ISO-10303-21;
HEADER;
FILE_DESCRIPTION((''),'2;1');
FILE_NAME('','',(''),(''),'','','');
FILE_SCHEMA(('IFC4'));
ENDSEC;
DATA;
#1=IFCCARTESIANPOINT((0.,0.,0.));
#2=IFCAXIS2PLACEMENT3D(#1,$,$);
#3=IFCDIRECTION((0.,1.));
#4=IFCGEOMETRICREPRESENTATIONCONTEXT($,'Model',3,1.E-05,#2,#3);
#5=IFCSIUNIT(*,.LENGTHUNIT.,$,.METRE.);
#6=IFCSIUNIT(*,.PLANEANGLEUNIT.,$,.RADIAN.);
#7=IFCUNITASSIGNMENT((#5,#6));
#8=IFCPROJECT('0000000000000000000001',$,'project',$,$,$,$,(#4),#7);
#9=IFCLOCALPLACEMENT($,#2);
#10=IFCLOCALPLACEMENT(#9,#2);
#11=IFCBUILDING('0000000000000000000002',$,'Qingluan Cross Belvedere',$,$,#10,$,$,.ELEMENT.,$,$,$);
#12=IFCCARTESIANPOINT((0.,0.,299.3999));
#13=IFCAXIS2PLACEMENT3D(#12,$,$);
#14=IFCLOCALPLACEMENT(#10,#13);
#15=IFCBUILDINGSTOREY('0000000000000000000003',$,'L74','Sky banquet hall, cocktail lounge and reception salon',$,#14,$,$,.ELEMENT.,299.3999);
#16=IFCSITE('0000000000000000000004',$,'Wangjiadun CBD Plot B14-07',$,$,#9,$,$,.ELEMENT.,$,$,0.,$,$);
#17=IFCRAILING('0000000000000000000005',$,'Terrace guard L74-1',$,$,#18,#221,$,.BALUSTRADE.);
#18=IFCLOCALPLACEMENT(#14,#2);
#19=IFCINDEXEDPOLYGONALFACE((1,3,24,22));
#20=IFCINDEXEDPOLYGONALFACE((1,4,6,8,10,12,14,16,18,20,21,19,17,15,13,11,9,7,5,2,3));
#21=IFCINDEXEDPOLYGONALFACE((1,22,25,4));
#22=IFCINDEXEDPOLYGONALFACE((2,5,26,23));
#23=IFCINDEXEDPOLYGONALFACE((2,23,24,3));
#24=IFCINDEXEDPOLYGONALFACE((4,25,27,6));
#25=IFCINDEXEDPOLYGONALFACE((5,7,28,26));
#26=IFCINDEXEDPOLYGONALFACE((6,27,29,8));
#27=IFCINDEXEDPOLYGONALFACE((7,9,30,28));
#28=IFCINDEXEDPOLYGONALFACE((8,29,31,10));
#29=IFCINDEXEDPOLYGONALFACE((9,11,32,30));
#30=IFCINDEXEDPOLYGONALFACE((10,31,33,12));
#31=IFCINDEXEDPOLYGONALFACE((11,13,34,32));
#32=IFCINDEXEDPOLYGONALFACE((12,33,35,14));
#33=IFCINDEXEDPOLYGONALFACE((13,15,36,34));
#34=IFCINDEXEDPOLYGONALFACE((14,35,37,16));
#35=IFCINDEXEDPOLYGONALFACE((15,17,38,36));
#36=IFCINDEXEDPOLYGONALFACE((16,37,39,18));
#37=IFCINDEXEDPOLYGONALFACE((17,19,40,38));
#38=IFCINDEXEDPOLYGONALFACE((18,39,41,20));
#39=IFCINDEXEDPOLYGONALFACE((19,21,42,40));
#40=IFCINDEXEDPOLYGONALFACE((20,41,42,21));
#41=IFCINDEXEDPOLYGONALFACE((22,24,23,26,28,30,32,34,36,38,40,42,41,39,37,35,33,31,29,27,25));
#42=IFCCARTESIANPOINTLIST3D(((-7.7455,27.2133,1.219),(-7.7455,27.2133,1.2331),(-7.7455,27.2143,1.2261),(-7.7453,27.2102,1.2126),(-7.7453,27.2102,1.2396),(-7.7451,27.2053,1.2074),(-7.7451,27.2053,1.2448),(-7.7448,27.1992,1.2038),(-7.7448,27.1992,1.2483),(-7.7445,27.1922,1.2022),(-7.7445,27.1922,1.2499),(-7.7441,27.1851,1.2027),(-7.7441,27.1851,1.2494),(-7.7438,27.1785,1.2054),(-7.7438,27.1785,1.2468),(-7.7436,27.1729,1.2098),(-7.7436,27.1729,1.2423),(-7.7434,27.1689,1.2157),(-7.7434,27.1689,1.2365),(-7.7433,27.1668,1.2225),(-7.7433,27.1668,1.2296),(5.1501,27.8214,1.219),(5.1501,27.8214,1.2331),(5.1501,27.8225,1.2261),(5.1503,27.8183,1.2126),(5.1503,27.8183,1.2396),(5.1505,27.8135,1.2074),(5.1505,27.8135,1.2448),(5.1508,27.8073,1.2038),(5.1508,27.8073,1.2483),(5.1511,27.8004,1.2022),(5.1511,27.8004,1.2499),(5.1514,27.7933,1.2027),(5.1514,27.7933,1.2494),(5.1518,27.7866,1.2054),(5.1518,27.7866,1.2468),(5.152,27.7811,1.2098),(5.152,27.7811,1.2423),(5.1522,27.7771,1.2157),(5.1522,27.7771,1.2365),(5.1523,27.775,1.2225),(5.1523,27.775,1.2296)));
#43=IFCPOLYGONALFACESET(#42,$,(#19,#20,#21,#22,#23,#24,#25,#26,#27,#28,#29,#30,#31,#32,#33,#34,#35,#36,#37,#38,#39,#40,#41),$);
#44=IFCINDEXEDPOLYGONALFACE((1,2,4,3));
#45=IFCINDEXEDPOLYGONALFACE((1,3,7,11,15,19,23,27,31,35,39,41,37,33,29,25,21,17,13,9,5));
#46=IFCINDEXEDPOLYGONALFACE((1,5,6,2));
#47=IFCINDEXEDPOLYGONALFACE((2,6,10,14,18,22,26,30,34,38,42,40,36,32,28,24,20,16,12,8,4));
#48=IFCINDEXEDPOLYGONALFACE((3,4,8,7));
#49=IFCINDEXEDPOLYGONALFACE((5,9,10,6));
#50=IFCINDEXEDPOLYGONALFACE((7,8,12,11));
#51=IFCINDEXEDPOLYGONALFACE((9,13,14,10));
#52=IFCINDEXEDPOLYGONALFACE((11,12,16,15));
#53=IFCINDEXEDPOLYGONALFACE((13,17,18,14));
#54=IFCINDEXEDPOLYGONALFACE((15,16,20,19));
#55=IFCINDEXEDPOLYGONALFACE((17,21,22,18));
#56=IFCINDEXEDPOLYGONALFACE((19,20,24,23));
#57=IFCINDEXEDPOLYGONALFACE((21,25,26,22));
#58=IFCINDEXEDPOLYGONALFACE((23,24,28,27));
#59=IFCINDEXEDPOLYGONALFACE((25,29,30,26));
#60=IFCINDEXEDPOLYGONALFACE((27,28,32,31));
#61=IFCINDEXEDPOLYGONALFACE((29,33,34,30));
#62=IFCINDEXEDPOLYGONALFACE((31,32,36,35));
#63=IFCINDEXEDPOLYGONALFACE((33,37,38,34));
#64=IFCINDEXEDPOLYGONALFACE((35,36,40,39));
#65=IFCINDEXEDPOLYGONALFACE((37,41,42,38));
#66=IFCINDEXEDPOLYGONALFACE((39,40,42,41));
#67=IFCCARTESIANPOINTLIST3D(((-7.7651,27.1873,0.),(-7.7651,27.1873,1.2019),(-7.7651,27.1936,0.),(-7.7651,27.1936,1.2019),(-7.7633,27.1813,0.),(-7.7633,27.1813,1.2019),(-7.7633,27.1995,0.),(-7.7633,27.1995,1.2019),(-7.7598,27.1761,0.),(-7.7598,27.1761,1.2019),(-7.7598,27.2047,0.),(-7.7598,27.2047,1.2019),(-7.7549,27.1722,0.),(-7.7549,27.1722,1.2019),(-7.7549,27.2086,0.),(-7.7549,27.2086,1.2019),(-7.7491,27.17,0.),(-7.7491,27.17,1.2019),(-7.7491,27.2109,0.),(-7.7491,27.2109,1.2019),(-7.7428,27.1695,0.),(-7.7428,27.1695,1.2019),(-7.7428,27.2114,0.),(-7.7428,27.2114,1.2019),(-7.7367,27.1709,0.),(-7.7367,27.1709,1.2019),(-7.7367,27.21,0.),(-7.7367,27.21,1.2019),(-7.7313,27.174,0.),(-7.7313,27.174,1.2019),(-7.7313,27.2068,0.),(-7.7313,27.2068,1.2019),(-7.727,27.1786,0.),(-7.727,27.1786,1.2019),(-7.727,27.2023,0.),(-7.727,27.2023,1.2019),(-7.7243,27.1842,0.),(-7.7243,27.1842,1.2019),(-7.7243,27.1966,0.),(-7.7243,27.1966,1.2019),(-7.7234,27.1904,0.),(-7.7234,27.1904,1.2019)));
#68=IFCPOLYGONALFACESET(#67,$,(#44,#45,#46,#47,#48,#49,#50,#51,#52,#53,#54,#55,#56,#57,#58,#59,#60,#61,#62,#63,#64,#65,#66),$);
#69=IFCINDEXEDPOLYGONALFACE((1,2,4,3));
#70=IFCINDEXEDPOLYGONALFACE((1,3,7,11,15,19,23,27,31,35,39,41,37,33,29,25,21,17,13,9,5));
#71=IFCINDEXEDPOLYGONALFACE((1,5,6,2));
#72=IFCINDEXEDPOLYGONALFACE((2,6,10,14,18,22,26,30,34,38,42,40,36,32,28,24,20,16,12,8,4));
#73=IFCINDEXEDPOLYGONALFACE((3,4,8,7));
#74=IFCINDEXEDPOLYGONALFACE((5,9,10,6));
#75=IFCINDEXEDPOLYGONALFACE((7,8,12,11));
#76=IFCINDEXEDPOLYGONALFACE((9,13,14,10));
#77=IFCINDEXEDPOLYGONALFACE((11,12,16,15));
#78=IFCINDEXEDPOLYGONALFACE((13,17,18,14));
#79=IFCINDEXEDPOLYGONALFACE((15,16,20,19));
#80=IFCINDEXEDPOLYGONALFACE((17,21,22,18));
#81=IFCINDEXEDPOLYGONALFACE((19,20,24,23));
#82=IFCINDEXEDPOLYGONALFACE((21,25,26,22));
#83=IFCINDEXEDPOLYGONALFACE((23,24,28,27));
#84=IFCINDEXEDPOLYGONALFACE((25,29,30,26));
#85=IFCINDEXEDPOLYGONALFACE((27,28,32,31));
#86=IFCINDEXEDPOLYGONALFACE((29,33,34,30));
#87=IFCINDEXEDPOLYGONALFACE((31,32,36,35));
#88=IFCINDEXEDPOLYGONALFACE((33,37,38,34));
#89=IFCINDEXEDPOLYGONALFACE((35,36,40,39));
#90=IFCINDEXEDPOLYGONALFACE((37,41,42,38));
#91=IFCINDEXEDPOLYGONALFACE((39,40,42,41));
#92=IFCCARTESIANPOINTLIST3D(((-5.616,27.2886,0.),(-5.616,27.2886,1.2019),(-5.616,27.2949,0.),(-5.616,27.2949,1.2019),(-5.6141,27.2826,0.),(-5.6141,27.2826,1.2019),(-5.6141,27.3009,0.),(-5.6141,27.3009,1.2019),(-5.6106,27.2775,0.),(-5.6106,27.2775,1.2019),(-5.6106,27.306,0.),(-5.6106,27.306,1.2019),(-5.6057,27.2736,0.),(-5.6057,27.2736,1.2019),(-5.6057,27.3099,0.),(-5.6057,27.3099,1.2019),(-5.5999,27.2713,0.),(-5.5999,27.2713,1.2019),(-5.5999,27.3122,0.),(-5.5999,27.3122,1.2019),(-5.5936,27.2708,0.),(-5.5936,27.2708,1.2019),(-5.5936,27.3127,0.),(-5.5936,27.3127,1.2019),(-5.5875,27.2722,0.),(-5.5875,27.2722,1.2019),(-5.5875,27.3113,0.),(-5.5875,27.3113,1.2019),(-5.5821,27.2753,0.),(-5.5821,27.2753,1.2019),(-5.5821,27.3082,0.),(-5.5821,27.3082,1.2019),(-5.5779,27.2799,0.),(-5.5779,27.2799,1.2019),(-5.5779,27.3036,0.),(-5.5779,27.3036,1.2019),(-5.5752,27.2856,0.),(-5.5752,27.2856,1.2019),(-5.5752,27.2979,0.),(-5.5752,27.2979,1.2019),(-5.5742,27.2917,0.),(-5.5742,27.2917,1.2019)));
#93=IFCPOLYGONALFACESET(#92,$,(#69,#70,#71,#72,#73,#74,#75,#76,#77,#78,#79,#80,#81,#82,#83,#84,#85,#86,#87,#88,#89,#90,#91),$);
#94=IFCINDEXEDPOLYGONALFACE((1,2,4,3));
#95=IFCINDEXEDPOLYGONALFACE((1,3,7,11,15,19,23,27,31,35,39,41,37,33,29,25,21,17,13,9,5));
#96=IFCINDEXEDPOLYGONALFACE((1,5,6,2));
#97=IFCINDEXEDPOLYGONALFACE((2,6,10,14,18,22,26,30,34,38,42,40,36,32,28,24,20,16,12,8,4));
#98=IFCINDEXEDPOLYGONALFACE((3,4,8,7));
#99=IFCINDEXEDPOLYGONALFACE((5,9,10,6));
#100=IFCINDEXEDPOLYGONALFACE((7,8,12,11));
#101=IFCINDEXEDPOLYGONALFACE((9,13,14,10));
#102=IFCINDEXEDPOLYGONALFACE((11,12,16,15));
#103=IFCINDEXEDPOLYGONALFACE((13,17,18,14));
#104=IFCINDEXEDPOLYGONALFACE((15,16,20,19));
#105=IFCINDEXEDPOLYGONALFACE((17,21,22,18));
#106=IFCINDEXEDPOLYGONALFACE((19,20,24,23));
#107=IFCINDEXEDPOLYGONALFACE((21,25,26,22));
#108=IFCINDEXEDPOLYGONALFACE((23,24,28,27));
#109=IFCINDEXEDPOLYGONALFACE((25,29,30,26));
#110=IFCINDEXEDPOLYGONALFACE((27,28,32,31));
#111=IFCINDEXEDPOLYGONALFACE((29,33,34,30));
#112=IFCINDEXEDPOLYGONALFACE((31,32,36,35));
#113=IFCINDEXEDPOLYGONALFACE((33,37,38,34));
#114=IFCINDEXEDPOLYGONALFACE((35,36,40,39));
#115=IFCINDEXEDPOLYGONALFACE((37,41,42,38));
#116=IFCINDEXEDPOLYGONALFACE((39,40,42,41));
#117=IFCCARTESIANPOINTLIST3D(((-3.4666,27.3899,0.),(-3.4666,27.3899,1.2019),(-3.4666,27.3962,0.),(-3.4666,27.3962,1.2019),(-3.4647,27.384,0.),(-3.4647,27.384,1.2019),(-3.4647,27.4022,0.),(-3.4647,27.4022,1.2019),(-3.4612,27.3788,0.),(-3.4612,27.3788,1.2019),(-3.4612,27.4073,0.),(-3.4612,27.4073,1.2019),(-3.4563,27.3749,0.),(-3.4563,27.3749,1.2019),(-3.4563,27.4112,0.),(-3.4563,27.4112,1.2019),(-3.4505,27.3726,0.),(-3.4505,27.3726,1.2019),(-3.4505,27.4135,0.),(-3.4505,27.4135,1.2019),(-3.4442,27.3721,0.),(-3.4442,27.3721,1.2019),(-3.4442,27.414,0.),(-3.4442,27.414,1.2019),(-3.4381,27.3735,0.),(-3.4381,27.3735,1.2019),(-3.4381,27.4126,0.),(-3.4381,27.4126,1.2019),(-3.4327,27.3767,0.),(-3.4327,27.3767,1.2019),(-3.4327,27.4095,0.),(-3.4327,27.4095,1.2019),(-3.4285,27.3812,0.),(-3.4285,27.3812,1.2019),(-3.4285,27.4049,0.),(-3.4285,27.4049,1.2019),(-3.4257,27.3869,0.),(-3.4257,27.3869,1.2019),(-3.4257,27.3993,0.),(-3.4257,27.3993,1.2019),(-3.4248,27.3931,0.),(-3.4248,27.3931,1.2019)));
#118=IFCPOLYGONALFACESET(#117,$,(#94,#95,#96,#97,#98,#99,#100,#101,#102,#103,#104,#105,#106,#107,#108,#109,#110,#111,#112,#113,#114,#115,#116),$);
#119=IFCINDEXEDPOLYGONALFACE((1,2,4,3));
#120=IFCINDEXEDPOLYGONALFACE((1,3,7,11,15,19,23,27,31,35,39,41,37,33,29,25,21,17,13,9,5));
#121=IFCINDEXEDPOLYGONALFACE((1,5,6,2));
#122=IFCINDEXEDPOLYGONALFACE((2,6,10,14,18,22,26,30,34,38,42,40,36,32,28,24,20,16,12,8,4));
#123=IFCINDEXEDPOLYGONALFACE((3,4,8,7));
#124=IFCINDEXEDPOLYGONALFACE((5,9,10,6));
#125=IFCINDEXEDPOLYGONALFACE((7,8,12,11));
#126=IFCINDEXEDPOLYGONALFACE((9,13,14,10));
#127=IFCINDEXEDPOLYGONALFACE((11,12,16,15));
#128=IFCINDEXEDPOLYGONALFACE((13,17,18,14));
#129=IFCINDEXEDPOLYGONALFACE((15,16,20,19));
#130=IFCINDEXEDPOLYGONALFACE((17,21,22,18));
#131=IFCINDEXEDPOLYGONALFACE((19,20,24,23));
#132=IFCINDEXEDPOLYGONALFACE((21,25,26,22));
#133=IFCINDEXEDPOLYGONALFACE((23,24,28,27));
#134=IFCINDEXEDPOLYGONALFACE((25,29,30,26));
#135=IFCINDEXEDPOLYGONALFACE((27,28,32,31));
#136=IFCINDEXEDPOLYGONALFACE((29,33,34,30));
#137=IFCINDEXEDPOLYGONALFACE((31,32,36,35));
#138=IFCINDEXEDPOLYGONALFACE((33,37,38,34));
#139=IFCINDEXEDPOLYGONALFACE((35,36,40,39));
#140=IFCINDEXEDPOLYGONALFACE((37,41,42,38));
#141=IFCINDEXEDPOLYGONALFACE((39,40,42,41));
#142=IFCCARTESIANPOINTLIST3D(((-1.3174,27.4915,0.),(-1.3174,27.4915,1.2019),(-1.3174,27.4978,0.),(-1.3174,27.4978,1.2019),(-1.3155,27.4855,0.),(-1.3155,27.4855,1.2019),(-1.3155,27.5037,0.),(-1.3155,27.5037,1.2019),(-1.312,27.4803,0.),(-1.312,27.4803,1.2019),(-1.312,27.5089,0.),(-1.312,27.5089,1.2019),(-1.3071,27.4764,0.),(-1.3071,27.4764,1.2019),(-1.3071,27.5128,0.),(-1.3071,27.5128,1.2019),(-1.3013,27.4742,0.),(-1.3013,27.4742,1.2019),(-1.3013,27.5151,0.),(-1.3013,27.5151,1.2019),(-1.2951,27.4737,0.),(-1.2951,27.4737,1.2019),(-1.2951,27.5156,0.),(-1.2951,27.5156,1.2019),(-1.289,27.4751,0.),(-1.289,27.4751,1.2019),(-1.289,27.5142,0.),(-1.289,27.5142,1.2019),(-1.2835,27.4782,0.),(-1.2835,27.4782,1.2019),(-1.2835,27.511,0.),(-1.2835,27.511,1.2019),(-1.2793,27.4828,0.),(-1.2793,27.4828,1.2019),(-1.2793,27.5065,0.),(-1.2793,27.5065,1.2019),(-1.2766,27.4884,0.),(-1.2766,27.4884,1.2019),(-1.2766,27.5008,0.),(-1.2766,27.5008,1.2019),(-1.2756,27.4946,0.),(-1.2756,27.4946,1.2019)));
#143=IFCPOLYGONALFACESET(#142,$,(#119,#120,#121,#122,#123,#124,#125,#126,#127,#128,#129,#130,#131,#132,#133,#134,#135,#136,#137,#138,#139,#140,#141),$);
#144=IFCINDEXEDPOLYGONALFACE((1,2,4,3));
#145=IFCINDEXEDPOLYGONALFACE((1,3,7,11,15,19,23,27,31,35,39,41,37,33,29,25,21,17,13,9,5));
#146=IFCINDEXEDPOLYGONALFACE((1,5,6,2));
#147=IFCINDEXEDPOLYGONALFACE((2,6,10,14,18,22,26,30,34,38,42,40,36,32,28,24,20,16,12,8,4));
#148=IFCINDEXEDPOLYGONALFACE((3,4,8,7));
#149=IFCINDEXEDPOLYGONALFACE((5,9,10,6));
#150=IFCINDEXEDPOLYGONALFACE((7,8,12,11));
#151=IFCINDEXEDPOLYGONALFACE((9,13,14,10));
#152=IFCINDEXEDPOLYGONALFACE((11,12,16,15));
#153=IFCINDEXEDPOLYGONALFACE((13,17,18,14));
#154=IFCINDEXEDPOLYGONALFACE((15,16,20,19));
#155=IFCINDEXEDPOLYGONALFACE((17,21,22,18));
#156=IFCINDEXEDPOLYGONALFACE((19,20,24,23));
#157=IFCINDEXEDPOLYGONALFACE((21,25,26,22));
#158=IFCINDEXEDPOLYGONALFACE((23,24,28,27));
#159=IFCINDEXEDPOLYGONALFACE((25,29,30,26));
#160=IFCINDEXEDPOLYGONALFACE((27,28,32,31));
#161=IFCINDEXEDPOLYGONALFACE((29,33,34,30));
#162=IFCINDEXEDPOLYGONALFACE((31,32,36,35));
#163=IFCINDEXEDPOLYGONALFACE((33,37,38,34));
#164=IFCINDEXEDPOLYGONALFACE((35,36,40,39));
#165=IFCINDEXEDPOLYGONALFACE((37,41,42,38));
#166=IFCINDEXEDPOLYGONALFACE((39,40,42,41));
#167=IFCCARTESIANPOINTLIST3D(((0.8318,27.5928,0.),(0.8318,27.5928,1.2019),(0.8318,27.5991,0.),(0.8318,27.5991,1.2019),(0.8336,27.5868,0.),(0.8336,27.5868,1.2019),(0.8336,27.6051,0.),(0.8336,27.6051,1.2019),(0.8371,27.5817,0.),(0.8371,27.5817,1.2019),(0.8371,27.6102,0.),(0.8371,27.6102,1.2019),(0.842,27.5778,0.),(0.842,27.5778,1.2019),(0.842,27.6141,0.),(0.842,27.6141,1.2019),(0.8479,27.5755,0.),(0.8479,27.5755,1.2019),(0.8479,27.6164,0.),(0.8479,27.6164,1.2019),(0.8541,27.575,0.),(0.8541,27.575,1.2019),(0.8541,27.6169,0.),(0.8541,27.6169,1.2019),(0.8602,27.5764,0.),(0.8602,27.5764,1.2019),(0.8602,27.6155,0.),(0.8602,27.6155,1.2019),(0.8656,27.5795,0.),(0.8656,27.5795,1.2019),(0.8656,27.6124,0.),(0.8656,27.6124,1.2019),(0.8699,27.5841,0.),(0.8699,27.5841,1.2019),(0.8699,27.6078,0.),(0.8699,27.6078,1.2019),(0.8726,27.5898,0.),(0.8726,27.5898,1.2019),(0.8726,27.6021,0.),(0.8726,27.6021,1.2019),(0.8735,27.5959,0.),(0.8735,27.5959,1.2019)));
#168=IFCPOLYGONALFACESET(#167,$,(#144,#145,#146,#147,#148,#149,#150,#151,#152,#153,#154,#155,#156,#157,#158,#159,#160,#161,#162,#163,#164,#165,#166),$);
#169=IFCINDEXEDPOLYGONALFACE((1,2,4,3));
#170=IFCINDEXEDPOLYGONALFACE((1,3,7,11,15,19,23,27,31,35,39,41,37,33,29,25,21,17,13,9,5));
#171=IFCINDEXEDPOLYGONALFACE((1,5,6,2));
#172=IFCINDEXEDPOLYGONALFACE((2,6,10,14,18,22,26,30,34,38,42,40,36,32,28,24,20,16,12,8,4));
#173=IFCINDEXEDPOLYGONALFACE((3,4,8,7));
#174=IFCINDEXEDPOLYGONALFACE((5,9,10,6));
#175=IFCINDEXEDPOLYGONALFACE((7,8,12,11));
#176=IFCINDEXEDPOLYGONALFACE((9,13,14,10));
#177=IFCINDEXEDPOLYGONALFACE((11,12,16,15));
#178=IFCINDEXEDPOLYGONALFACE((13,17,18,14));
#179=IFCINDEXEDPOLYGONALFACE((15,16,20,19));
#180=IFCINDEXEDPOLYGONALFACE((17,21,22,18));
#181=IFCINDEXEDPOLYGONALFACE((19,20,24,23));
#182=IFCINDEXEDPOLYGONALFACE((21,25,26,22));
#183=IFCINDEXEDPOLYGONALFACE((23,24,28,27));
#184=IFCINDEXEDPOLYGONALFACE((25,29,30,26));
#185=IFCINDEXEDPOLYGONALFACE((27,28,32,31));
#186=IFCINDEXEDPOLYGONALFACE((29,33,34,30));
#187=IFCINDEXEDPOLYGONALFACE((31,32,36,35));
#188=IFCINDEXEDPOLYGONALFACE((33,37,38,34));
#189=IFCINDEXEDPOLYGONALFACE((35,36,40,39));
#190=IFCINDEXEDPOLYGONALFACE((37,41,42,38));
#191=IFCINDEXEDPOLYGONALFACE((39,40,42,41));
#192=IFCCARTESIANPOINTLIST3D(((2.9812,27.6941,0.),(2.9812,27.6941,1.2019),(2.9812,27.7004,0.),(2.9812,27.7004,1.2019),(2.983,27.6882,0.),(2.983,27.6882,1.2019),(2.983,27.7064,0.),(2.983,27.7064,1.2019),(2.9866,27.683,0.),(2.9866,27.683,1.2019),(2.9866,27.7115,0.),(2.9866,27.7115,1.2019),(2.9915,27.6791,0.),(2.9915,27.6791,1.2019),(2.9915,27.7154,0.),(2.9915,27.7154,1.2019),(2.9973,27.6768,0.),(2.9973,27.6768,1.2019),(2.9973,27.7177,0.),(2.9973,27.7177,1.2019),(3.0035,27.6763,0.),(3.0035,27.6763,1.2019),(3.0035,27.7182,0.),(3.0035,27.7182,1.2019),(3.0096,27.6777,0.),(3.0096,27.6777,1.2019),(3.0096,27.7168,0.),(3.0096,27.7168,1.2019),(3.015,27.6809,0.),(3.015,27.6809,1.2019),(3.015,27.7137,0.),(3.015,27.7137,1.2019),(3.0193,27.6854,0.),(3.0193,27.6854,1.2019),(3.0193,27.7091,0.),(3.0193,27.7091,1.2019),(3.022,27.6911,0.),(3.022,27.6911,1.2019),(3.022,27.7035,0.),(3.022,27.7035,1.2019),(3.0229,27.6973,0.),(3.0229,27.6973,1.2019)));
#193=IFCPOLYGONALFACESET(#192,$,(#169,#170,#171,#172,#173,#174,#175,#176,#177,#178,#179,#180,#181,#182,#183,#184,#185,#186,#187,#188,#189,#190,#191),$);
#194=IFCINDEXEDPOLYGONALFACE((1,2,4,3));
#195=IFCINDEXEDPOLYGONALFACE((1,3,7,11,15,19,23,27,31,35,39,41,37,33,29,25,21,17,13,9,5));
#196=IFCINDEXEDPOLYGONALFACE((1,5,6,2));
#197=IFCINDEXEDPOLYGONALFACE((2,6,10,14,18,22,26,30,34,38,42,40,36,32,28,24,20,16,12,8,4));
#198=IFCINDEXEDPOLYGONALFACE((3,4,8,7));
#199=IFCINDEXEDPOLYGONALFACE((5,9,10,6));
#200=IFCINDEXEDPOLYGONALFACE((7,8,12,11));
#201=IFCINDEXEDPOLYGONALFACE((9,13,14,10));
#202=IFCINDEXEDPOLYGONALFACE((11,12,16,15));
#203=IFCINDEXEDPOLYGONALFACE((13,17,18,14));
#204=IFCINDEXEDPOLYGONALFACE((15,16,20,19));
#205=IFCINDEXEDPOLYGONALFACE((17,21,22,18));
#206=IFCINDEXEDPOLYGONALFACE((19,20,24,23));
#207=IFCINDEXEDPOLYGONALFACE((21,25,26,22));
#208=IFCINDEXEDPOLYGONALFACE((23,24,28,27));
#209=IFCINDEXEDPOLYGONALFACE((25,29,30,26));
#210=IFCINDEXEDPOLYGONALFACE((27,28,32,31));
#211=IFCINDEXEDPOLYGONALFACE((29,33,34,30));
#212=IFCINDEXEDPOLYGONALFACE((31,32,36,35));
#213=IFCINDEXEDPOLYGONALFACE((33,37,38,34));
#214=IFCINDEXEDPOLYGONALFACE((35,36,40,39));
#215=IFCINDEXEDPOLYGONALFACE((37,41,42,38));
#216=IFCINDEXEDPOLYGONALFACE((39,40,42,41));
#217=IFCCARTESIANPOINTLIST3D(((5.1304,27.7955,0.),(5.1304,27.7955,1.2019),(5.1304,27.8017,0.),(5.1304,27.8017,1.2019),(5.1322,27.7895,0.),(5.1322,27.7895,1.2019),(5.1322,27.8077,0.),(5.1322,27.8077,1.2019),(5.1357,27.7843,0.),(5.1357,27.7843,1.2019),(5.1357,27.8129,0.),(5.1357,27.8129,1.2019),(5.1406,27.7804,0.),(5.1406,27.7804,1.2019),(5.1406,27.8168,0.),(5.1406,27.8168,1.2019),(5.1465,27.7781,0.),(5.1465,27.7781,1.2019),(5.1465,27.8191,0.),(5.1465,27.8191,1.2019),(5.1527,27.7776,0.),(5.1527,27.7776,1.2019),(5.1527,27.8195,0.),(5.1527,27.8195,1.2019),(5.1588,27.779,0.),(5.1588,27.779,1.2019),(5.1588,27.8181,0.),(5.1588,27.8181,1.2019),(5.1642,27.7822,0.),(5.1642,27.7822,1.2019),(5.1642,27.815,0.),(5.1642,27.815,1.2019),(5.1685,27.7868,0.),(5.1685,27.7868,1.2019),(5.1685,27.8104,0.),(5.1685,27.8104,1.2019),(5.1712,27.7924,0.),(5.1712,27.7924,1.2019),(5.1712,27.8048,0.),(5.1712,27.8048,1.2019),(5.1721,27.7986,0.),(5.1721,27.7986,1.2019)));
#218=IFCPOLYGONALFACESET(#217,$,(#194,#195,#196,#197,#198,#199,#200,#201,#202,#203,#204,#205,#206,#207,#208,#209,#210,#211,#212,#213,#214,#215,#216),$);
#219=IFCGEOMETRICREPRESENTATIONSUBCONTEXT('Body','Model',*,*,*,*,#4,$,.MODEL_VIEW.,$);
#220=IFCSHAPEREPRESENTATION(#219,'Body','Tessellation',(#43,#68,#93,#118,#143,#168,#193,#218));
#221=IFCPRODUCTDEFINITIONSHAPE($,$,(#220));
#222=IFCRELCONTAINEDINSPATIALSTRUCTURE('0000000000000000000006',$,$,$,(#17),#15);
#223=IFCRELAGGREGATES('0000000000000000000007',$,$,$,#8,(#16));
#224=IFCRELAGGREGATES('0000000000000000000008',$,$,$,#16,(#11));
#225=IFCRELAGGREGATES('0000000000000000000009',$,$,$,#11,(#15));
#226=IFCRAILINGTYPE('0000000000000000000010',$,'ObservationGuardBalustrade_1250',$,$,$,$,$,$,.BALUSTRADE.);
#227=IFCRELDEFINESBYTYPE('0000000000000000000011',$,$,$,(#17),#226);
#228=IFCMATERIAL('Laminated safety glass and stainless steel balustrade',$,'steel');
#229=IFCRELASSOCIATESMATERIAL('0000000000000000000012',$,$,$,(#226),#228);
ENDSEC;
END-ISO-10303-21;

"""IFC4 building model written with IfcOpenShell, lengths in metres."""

from ifc_helpers import new_model, si_unit, direction, frame, origin, origin_2d, place, context, subcontext, project, spatial, circle, extrude, material, type_object, element, save


model = new_model("IFC4")

# Units and contexts
model_context = context("Model", 3, precision=1e-05, world=origin(), true_north=direction((0.0, 1.0)))
body_context = subcontext(model_context, "Body", "Model", "MODEL_VIEW")
ifc_project = project(units=[si_unit("LENGTHUNIT", "METRE"), si_unit("PLANEANGLEUNIT", "RADIAN")], contexts=[model_context])

# Site, building, storey
site_placement = place(None, origin())
site = spatial("IfcSite", under=ifc_project, at=site_placement, Name="Wangjiadun CBD Plot B14-07", CompositionType="ELEMENT", RefElevation=0.0)
building_placement = place(site_placement, origin())
building = spatial("IfcBuilding", under=site, at=building_placement, Name="Qingluan Cross Belvedere", CompositionType="ELEMENT")
storey_placement = place(building_placement, frame((0.0, 0.0, 299.3999)))
storey = spatial("IfcBuildingStorey", under=building, at=storey_placement, Name="L74", Description="Sky banquet hall, cocktail lounge and reception salon", CompositionType="ELEMENT", Elevation=299.3999)

# Railing
ifc_material_1 = material(Name="Laminated safety glass and stainless steel balustrade", Category="steel")
railing_type = type_object("IfcRailingType", Name="ObservationGuardBalustrade_1250", PredefinedType="BALUSTRADE", material=ifc_material_1)
railing_placement = place(storey_placement, frame((-7.7444, 27.1904, 0.0)))
element("IfcRailing", 1, at=railing_placement, inside=storey, type_object=railing_type, Name="Terrace guard L74-1", PredefinedType="BALUSTRADE", context=body_context, shape_type="SweptSolid", body=[
    extrude(circle(Radius=0.0239, at=origin_2d()), frame((0.0, 0.0, 1.2261), z_axis=(0.99889, 0.047108, 0.0), x_axis=(-0.047108, 0.99889, 0.0)), (0.0, 0.0, 1.0), 12.9099),
    extrude(circle(Radius=0.021, at=origin_2d()), origin(), (0.0, 0.0, 1.0), 1.2019),
    extrude(circle(Radius=0.021, at=origin_2d()), frame((2.1492, 0.1013, 0.0)), (0.0, 0.0, 1.0), 1.2019),
    extrude(circle(Radius=0.021, at=origin_2d()), frame((4.2986, 0.2026, 0.0)), (0.0, 0.0, 1.0), 1.2019),
    extrude(circle(Radius=0.021, at=origin_2d()), frame((6.4478, 0.3042, 0.0)), (0.0, 0.0, 1.0), 1.2019),
    extrude(circle(Radius=0.021, at=origin_2d()), frame((8.5969, 0.4055, 0.0)), (0.0, 0.0, 1.0), 1.2019),
    extrude(circle(Radius=0.021, at=origin_2d()), frame((10.7463, 0.5068, 0.0)), (0.0, 0.0, 1.0), 1.2019),
    extrude(circle(Radius=0.021, at=origin_2d()), frame((12.8955, 0.6082, 0.0)), (0.0, 0.0, 1.0), 1.2019),
])

save(model, "model.ifc")
